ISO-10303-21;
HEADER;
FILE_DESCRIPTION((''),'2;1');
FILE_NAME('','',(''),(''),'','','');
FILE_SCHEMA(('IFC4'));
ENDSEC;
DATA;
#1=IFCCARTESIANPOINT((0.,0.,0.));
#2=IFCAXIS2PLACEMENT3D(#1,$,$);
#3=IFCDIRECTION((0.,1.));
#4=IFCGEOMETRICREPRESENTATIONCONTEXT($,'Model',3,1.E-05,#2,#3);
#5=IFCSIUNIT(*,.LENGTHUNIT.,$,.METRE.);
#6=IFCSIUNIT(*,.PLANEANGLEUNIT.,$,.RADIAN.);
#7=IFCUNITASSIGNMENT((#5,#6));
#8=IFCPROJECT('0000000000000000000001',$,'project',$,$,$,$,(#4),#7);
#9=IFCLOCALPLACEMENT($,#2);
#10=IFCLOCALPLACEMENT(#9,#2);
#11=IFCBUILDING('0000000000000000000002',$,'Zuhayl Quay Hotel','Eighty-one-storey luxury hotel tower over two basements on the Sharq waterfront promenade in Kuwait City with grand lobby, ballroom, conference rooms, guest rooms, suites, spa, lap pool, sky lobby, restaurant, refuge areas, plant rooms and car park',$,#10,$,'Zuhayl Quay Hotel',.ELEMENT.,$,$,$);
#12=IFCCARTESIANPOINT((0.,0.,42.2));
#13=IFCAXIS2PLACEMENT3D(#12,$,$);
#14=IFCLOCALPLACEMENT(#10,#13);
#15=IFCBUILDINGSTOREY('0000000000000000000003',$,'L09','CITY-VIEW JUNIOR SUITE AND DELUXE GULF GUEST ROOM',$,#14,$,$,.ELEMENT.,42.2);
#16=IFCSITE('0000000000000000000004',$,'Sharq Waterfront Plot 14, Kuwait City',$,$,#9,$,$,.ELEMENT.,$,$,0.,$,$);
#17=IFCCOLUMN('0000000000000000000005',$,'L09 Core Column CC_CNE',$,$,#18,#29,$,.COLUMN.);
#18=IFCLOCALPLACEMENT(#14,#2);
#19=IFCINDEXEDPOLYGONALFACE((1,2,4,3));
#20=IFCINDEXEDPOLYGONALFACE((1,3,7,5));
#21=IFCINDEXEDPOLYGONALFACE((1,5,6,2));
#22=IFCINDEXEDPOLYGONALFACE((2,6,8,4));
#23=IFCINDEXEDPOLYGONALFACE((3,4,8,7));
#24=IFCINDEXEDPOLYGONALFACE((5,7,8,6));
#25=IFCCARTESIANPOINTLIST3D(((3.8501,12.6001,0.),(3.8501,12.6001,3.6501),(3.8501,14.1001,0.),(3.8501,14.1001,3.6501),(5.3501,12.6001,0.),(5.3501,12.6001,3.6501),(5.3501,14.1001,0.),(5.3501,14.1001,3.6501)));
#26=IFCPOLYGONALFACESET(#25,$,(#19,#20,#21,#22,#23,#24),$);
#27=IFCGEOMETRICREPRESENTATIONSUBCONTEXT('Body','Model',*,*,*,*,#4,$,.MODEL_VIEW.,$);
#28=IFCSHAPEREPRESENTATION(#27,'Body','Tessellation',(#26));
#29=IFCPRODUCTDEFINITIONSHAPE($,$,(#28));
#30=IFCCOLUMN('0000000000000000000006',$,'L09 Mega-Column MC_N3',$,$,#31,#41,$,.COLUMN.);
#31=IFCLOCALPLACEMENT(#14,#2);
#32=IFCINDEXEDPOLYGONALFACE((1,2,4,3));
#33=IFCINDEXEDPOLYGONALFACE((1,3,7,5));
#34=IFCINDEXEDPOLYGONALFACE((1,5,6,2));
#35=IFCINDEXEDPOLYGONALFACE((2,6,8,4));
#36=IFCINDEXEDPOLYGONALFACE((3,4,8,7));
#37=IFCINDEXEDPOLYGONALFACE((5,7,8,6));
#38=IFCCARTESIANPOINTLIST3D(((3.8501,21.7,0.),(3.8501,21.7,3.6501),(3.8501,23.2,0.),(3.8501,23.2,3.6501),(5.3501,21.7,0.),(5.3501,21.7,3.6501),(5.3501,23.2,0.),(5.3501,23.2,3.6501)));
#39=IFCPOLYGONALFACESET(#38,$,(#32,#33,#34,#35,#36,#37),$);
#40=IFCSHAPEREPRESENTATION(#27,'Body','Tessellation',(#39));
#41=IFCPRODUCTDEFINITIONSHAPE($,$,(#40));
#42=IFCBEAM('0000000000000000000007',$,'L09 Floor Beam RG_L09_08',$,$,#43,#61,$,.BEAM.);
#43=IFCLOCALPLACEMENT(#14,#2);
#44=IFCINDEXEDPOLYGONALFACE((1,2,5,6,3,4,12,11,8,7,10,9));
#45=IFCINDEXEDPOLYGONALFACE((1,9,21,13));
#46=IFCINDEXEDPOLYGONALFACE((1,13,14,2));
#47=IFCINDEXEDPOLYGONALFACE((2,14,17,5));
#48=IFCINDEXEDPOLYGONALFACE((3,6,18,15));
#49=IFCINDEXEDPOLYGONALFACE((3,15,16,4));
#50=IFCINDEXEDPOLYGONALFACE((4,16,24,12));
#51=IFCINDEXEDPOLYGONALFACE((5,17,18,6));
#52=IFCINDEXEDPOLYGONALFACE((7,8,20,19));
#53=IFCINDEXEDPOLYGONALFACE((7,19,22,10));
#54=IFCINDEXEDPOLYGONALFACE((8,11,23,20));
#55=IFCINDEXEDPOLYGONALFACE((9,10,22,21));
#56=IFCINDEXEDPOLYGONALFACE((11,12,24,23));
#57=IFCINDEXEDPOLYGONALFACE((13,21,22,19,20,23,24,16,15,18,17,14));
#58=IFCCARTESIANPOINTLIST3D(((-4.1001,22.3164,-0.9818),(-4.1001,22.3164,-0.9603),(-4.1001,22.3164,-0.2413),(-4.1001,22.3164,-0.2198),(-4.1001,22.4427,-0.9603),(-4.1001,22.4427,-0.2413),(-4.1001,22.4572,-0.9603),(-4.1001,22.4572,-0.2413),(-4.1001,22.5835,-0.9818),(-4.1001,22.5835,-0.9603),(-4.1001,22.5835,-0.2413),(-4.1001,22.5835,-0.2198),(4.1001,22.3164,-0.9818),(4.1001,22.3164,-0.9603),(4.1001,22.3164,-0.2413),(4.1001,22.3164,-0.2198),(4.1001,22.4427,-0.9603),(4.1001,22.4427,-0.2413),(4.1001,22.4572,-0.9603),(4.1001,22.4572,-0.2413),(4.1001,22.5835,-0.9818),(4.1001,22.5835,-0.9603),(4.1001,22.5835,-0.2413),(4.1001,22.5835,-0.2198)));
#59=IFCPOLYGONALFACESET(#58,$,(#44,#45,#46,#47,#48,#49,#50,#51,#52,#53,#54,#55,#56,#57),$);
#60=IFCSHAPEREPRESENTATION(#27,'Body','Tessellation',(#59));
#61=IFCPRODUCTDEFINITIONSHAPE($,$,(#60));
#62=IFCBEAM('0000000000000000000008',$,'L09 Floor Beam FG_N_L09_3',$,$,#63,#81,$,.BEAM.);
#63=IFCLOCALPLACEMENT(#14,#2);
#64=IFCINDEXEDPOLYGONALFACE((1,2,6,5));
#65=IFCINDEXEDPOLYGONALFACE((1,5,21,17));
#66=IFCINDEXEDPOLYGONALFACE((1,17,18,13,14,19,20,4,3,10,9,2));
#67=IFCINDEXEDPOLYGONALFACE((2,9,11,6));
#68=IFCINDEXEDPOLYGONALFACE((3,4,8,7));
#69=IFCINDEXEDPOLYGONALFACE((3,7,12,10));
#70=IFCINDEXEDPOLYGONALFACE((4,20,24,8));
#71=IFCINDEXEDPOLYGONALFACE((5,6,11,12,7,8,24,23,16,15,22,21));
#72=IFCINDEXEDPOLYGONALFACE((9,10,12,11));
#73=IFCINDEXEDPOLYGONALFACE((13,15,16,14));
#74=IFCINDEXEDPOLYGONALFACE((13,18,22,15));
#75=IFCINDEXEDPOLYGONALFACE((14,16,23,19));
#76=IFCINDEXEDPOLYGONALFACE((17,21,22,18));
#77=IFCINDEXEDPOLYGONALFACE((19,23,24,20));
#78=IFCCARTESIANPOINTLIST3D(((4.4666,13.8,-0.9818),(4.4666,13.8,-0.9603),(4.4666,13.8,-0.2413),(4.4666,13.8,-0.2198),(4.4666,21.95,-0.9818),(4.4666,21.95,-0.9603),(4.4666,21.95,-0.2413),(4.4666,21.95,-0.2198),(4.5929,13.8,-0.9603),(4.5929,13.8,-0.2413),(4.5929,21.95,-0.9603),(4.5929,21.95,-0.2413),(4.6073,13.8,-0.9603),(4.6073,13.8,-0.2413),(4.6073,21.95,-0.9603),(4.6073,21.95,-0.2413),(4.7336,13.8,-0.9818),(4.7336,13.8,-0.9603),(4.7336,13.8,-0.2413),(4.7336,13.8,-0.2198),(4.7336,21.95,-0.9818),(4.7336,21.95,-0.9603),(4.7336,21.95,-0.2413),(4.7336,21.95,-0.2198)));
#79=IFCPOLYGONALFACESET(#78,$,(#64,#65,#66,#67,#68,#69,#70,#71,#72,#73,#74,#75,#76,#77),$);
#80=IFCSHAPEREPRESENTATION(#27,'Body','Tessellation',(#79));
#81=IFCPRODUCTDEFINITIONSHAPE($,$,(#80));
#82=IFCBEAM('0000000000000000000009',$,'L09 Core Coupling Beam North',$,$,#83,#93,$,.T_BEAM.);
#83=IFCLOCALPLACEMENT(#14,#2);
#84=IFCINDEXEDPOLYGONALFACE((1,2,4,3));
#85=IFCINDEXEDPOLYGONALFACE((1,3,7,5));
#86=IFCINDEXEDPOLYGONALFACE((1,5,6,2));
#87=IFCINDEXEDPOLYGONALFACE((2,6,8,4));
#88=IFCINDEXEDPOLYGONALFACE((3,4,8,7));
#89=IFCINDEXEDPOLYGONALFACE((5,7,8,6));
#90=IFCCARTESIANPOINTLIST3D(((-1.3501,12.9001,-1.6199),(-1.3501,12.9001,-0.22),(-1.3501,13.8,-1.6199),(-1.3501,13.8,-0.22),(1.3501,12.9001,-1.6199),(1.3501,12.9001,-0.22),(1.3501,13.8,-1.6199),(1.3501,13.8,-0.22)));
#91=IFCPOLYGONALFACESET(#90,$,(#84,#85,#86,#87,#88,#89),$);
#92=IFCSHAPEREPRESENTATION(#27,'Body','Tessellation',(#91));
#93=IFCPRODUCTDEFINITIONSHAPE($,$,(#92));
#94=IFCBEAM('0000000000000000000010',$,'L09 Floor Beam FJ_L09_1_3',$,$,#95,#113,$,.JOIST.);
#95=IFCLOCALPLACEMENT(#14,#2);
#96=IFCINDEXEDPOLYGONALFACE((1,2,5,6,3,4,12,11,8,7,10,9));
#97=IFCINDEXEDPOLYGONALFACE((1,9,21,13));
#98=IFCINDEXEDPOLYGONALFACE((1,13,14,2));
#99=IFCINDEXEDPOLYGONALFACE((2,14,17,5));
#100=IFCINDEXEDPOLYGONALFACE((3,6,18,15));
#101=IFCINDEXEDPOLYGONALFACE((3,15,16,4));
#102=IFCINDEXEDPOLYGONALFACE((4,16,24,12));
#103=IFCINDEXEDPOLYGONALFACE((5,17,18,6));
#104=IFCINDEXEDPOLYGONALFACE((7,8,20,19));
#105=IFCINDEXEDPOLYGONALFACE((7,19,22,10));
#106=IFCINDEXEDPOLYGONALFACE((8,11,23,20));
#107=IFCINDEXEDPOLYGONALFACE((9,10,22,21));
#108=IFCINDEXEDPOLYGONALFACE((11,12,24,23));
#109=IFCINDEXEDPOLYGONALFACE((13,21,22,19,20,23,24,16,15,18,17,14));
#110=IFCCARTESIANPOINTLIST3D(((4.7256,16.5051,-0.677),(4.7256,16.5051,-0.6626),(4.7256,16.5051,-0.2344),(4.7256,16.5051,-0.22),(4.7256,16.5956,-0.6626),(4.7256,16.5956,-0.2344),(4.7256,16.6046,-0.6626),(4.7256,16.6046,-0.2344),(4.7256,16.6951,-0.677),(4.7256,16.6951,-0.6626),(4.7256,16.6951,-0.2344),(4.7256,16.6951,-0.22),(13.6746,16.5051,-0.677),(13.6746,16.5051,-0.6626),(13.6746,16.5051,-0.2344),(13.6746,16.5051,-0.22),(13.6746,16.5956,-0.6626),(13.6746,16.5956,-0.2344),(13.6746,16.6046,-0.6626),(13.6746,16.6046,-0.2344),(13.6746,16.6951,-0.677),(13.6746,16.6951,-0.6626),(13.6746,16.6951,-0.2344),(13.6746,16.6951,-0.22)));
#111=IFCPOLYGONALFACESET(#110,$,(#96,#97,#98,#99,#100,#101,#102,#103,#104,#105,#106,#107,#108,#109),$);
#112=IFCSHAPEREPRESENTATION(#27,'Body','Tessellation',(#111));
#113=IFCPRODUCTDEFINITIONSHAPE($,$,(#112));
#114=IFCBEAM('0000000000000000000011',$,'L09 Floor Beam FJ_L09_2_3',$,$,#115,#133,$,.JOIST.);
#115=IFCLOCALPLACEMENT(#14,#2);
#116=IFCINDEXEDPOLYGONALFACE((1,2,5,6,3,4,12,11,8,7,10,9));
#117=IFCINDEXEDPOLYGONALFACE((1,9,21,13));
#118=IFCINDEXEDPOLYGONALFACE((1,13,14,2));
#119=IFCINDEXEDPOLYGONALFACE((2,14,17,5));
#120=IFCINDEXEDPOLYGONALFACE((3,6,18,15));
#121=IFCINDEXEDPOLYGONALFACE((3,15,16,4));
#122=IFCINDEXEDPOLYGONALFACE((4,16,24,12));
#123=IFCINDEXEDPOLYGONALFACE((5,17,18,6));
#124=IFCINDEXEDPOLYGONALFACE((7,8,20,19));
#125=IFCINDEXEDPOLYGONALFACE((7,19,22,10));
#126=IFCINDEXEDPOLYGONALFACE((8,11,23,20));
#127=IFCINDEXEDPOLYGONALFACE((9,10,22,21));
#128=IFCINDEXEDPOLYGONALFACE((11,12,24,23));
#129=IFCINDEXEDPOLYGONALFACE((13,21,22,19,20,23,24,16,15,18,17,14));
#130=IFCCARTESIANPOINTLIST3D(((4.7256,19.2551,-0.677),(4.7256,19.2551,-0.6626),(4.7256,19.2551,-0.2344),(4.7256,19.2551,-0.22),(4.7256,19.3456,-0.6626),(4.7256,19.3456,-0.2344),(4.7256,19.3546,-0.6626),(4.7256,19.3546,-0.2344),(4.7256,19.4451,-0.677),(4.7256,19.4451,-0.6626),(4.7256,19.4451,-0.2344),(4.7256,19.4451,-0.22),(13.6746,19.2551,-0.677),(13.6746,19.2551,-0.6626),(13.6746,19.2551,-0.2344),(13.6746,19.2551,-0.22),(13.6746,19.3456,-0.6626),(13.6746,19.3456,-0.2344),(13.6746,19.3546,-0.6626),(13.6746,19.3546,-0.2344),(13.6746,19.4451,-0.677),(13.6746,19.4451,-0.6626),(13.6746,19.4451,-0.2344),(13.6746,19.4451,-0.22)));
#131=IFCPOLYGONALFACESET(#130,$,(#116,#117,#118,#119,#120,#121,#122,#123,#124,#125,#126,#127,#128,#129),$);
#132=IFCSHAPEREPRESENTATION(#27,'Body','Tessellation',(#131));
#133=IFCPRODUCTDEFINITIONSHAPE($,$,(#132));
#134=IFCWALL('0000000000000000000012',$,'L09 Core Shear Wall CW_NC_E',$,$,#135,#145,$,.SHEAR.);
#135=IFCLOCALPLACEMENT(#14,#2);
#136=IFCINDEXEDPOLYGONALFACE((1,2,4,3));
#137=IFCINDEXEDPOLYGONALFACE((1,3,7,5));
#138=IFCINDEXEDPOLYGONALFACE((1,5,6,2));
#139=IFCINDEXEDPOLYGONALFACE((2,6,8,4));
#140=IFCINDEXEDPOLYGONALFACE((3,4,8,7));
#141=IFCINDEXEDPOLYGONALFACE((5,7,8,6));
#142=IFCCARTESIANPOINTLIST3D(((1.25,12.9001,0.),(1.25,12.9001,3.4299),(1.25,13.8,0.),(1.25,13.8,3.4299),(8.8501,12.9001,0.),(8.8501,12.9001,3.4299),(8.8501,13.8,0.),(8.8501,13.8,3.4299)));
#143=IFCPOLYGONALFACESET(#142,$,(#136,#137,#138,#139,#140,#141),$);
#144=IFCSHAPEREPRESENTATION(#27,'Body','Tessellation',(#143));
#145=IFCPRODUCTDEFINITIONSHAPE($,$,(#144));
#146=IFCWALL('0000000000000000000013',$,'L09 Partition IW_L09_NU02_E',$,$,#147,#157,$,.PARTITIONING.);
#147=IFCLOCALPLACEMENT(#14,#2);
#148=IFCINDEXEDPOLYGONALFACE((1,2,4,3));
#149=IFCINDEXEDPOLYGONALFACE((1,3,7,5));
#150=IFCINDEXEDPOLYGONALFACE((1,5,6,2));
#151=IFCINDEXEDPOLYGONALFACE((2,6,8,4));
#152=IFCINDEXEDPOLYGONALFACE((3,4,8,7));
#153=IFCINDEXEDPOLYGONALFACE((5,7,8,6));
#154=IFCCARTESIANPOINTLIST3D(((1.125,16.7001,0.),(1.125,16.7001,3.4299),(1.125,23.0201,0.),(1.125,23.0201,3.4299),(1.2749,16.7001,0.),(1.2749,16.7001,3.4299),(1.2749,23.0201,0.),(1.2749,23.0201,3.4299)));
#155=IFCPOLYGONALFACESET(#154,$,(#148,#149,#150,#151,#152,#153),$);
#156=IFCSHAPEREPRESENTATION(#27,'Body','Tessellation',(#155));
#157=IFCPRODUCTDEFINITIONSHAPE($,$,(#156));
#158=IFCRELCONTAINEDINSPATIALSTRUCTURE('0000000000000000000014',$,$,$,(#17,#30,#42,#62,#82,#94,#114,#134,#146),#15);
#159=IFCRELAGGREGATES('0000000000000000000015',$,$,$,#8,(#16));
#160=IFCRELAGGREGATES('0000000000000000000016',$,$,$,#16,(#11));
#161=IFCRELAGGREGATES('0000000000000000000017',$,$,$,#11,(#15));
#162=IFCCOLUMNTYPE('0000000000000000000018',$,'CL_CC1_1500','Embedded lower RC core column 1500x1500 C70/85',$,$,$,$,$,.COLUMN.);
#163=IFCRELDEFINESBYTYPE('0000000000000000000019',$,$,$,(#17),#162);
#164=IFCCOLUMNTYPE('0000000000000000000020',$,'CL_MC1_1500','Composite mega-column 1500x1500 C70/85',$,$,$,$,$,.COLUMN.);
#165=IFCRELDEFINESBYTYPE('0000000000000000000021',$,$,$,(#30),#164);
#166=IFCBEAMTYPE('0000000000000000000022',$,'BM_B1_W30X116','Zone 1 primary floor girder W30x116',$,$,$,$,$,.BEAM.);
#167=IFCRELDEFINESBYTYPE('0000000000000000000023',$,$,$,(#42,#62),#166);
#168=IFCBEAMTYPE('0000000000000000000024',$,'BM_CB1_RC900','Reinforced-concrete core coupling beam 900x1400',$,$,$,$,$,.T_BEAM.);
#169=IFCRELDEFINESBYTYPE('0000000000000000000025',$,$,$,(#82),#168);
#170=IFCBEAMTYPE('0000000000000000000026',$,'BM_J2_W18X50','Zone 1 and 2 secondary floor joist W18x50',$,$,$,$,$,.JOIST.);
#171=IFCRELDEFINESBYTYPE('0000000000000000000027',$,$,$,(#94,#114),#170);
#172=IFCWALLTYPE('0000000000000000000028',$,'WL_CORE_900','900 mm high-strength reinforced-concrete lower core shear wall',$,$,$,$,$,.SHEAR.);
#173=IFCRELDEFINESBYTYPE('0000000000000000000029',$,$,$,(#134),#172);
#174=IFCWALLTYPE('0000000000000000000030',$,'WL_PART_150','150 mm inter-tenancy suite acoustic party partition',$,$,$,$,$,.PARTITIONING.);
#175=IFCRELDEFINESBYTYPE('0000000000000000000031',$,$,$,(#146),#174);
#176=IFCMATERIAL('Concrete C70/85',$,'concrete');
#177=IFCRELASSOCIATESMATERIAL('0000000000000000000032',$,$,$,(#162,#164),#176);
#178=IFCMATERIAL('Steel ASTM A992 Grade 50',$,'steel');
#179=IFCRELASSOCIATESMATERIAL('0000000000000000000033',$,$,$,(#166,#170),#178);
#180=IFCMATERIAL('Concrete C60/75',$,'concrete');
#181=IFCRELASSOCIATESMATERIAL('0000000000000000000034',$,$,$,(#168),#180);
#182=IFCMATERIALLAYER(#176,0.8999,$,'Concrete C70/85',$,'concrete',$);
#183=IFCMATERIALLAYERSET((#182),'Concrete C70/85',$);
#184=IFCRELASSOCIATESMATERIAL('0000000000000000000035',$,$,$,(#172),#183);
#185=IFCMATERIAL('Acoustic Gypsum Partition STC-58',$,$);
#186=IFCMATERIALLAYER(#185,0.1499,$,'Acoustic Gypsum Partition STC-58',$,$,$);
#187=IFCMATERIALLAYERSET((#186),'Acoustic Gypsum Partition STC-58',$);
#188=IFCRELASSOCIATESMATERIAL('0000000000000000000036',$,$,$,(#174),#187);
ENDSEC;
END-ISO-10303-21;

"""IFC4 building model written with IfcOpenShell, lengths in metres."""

from ifc_helpers import new_model, si_unit, direction, frame, frame_2d, origin, origin_2d, place, context, subcontext, project, spatial, rectangle, i_section, extrude, material, layer, layer_set, material_profile, profile_set, type_object, element, save


model = new_model("IFC4")

# Units and contexts
model_context = context("Model", 3, precision=1e-05, world=origin(), true_north=direction((0.0, 1.0)))
body_context = subcontext(model_context, "Body", "Model", "MODEL_VIEW")
ifc_project = project(units=[si_unit("LENGTHUNIT", "METRE"), si_unit("PLANEANGLEUNIT", "RADIAN")], contexts=[model_context])

# Site, building, storey
site_placement = place(None, origin())
site = spatial("IfcSite", under=ifc_project, at=site_placement, Name="Sharq Waterfront Plot 14, Kuwait City", CompositionType="ELEMENT", RefElevation=0.0)
building_placement = place(site_placement, origin())
building = spatial("IfcBuilding", under=site, at=building_placement, Name="Zuhayl Quay Hotel", Description="Eighty-one-storey luxury hotel tower over two basements on the Sharq waterfront promenade in Kuwait City with grand lobby, ballroom, conference rooms, guest rooms, suites, spa, lap pool, sky lobby, restaurant, refuge areas, plant rooms and car park", LongName="Zuhayl Quay Hotel", CompositionType="ELEMENT")
storey_placement = place(building_placement, frame((0.0, 0.0, 42.2)))
storey = spatial("IfcBuildingStorey", under=building, at=storey_placement, Name="L09", Description="CITY-VIEW JUNIOR SUITE AND DELUXE GULF GUEST ROOM", CompositionType="ELEMENT", Elevation=42.2)

# Columns
ifc_material_1 = material(Name="Concrete C70/85", Category="concrete")
ifc_material_profile_1 = material_profile(ifc_material_1, rectangle(XDim=1.5, YDim=1.5, at=origin_2d()), Name="RC1500X1500")
ifc_profile_set_1 = profile_set([ifc_material_profile_1], Name="Concrete C70/85")
column_type_1 = type_object("IfcColumnType", Name="CL_CC1_1500", Description="Embedded lower RC core column 1500x1500 C70/85", PredefinedType="COLUMN", material=ifc_profile_set_1)
column_1_placement = place(storey_placement, frame((4.6001, 13.3501, 0.0), z_axis=(0.0, 0.0, 1.0), x_axis=(1.0, 0.0, 0.0)))
element("IfcColumn", 1, at=column_1_placement, inside=storey, type_object=column_type_1, Name="L09 Core Column CC_CNE", PredefinedType="COLUMN", context=body_context, shape_type="SweptSolid", body=[
    extrude(rectangle(XDim=1.5, YDim=1.5, at=origin_2d()), origin(), (0.0, 0.0, 1.0), 3.6501),
])
ifc_material_profile_2 = material_profile(ifc_material_1, rectangle(XDim=1.5, YDim=1.5, at=origin_2d()), Name="RC1500X1500")
ifc_profile_set_2 = profile_set([ifc_material_profile_2], Name="Concrete C70/85")
column_type_2 = type_object("IfcColumnType", Name="CL_MC1_1500", Description="Composite mega-column 1500x1500 C70/85", PredefinedType="COLUMN", material=ifc_profile_set_2)
column_2_placement = place(storey_placement, frame((4.6001, 22.45, 0.0), z_axis=(0.0, 0.0, 1.0), x_axis=(1.0, 0.0, 0.0)))
element("IfcColumn", 2, at=column_2_placement, inside=storey, type_object=column_type_2, Name="L09 Mega-Column MC_N3", PredefinedType="COLUMN", context=body_context, shape_type="SweptSolid", body=[
    extrude(rectangle(XDim=1.5, YDim=1.5, at=origin_2d()), origin(), (0.0, 0.0, 1.0), 3.6501),
])

# Beams
ifc_material_2 = material(Name="Steel ASTM A992 Grade 50", Category="steel")
ifc_material_profile_3 = material_profile(ifc_material_2, i_section(OverallWidth=0.2671, OverallDepth=0.762, WebThickness=0.0144, FlangeThickness=0.0215, at=origin_2d()), Name="W30X116")
ifc_profile_set_3 = profile_set([ifc_material_profile_3], Name="Steel ASTM A992 Grade 50")
beam_type_1 = type_object("IfcBeamType", Name="BM_B1_W30X116", Description="Zone 1 primary floor girder W30x116", PredefinedType="BEAM", material=ifc_profile_set_3)
beam_1_placement = place(storey_placement, frame((4.1001, 22.45, -0.6008), z_axis=(-1.0, 0.0, 0.0), x_axis=(0.0, -1.0, 0.0)))
element("IfcBeam", 3, at=beam_1_placement, inside=storey, type_object=beam_type_1, Name="L09 Floor Beam RG_L09_08", PredefinedType="BEAM", context=body_context, shape_type="SweptSolid", body=[
    extrude(i_section(OverallWidth=0.2671, OverallDepth=0.762, WebThickness=0.0144, FlangeThickness=0.0215, at=origin_2d()), origin(), (0.0, 0.0, 1.0), 8.2002),
])
beam_2_placement = place(storey_placement, frame((4.6001, 13.8, -0.6008), z_axis=(0.0, 1.0, 0.0), x_axis=(-1.0, 0.0, 0.0)))
element("IfcBeam", 4, at=beam_2_placement, inside=storey, type_object=beam_type_1, Name="L09 Floor Beam FG_N_L09_3", PredefinedType="BEAM", context=body_context, shape_type="SweptSolid", body=[
    extrude(i_section(OverallWidth=0.2671, OverallDepth=0.762, WebThickness=0.0144, FlangeThickness=0.0215, at=origin_2d()), origin(), (0.0, 0.0, 1.0), 8.1499),
])
ifc_material_3 = material(Name="Concrete C60/75", Category="concrete")
ifc_material_profile_4 = material_profile(ifc_material_3, rectangle(XDim=0.8999, YDim=1.3999, at=origin_2d()), Name="RC900X1400")
ifc_profile_set_4 = profile_set([ifc_material_profile_4], Name="Concrete C60/75")
beam_type_2 = type_object("IfcBeamType", Name="BM_CB1_RC900", Description="Reinforced-concrete core coupling beam 900x1400", PredefinedType="T_BEAM", material=ifc_profile_set_4)
beam_3_placement = place(storey_placement, frame((-1.3501, 13.3501, -0.9199), z_axis=(1.0, 0.0, 0.0), x_axis=(0.0, 1.0, 0.0)))
element("IfcBeam", 5, at=beam_3_placement, inside=storey, type_object=beam_type_2, Name="L09 Core Coupling Beam North", PredefinedType="T_BEAM", context=body_context, shape_type="SweptSolid", body=[
    extrude(rectangle(XDim=0.8999, YDim=1.3999, at=origin_2d()), origin(), (0.0, 0.0, 1.0), 2.7002),
])
ifc_material_profile_5 = material_profile(ifc_material_2, i_section(OverallWidth=0.1899, OverallDepth=0.457, WebThickness=0.009, FlangeThickness=0.0144, at=origin_2d()), Name="W18X50")
ifc_profile_set_5 = profile_set([ifc_material_profile_5], Name="Steel ASTM A992 Grade 50")
beam_type_3 = type_object("IfcBeamType", Name="BM_J2_W18X50", Description="Zone 1 and 2 secondary floor joist W18x50", PredefinedType="JOIST", material=ifc_profile_set_5)
for number, where, z_axis, x_axis, name in (
    (6, (4.7256, 16.6001, -0.4485), (1.0, 0.0, 0.0), (0.0, 1.0, 0.0), "L09 Floor Beam FJ_L09_1_3"),
    (7, (4.7256, 19.3501, -0.4485), (1.0, 0.0, 0.0), (0.0, 1.0, 0.0), "L09 Floor Beam FJ_L09_2_3"),
):
    element("IfcBeam", number, at=place(storey_placement, frame(where, z_axis=z_axis, x_axis=x_axis)), inside=storey, type_object=beam_type_3, Name=name, PredefinedType="JOIST", context=body_context, shape_type="SweptSolid", body=[
        extrude(i_section(OverallWidth=0.1899, OverallDepth=0.457, WebThickness=0.009, FlangeThickness=0.0144, at=origin_2d()), origin(), (0.0, 0.0, 1.0), 8.949),
    ])

# Walls
ifc_layer_1 = layer(ifc_material_1, 0.8999, Name="Concrete C70/85", Category="concrete")
ifc_layer_set_1 = layer_set([ifc_layer_1], Name="Concrete C70/85")
wall_type_1 = type_object("IfcWallType", Name="WL_CORE_900", Description="900 mm high-strength reinforced-concrete lower core shear wall", PredefinedType="SHEAR", material=ifc_layer_set_1)
wall_1_placement = place(storey_placement, frame((1.25, 13.3501, 0.0), z_axis=(0.0, 0.0, 1.0), x_axis=(1.0, 0.0, 0.0)))
element("IfcWall", 8, at=wall_1_placement, inside=storey, type_object=wall_type_1, Name="L09 Core Shear Wall CW_NC_E", PredefinedType="SHEAR", context=body_context, shape_type="SweptSolid", body=[
    extrude(rectangle(XDim=7.6001, YDim=0.8999, at=frame_2d((3.8, 0.0))), origin(), (0.0, 0.0, 1.0), 3.4299),
])
ifc_material_4 = material(Name="Acoustic Gypsum Partition STC-58")
ifc_layer_2 = layer(ifc_material_4, 0.1499, Name="Acoustic Gypsum Partition STC-58")
ifc_layer_set_2 = layer_set([ifc_layer_2], Name="Acoustic Gypsum Partition STC-58")
wall_type_2 = type_object("IfcWallType", Name="WL_PART_150", Description="150 mm inter-tenancy suite acoustic party partition", PredefinedType="PARTITIONING", material=ifc_layer_set_2)
wall_2_placement = place(storey_placement, frame((1.2, 16.7, 0.0), z_axis=(0.0, 0.0, 1.0), x_axis=(0.0, 1.0, 0.0)))
element("IfcWall", 9, at=wall_2_placement, inside=storey, type_object=wall_type_2, Name="L09 Partition IW_L09_NU02_E", PredefinedType="PARTITIONING", context=body_context, shape_type="SweptSolid", body=[
    extrude(rectangle(XDim=6.3201, YDim=0.1499, at=frame_2d((3.1602, 0.0))), origin(), (0.0, 0.0, 1.0), 3.4299),
])

save(model, "model.ifc")
